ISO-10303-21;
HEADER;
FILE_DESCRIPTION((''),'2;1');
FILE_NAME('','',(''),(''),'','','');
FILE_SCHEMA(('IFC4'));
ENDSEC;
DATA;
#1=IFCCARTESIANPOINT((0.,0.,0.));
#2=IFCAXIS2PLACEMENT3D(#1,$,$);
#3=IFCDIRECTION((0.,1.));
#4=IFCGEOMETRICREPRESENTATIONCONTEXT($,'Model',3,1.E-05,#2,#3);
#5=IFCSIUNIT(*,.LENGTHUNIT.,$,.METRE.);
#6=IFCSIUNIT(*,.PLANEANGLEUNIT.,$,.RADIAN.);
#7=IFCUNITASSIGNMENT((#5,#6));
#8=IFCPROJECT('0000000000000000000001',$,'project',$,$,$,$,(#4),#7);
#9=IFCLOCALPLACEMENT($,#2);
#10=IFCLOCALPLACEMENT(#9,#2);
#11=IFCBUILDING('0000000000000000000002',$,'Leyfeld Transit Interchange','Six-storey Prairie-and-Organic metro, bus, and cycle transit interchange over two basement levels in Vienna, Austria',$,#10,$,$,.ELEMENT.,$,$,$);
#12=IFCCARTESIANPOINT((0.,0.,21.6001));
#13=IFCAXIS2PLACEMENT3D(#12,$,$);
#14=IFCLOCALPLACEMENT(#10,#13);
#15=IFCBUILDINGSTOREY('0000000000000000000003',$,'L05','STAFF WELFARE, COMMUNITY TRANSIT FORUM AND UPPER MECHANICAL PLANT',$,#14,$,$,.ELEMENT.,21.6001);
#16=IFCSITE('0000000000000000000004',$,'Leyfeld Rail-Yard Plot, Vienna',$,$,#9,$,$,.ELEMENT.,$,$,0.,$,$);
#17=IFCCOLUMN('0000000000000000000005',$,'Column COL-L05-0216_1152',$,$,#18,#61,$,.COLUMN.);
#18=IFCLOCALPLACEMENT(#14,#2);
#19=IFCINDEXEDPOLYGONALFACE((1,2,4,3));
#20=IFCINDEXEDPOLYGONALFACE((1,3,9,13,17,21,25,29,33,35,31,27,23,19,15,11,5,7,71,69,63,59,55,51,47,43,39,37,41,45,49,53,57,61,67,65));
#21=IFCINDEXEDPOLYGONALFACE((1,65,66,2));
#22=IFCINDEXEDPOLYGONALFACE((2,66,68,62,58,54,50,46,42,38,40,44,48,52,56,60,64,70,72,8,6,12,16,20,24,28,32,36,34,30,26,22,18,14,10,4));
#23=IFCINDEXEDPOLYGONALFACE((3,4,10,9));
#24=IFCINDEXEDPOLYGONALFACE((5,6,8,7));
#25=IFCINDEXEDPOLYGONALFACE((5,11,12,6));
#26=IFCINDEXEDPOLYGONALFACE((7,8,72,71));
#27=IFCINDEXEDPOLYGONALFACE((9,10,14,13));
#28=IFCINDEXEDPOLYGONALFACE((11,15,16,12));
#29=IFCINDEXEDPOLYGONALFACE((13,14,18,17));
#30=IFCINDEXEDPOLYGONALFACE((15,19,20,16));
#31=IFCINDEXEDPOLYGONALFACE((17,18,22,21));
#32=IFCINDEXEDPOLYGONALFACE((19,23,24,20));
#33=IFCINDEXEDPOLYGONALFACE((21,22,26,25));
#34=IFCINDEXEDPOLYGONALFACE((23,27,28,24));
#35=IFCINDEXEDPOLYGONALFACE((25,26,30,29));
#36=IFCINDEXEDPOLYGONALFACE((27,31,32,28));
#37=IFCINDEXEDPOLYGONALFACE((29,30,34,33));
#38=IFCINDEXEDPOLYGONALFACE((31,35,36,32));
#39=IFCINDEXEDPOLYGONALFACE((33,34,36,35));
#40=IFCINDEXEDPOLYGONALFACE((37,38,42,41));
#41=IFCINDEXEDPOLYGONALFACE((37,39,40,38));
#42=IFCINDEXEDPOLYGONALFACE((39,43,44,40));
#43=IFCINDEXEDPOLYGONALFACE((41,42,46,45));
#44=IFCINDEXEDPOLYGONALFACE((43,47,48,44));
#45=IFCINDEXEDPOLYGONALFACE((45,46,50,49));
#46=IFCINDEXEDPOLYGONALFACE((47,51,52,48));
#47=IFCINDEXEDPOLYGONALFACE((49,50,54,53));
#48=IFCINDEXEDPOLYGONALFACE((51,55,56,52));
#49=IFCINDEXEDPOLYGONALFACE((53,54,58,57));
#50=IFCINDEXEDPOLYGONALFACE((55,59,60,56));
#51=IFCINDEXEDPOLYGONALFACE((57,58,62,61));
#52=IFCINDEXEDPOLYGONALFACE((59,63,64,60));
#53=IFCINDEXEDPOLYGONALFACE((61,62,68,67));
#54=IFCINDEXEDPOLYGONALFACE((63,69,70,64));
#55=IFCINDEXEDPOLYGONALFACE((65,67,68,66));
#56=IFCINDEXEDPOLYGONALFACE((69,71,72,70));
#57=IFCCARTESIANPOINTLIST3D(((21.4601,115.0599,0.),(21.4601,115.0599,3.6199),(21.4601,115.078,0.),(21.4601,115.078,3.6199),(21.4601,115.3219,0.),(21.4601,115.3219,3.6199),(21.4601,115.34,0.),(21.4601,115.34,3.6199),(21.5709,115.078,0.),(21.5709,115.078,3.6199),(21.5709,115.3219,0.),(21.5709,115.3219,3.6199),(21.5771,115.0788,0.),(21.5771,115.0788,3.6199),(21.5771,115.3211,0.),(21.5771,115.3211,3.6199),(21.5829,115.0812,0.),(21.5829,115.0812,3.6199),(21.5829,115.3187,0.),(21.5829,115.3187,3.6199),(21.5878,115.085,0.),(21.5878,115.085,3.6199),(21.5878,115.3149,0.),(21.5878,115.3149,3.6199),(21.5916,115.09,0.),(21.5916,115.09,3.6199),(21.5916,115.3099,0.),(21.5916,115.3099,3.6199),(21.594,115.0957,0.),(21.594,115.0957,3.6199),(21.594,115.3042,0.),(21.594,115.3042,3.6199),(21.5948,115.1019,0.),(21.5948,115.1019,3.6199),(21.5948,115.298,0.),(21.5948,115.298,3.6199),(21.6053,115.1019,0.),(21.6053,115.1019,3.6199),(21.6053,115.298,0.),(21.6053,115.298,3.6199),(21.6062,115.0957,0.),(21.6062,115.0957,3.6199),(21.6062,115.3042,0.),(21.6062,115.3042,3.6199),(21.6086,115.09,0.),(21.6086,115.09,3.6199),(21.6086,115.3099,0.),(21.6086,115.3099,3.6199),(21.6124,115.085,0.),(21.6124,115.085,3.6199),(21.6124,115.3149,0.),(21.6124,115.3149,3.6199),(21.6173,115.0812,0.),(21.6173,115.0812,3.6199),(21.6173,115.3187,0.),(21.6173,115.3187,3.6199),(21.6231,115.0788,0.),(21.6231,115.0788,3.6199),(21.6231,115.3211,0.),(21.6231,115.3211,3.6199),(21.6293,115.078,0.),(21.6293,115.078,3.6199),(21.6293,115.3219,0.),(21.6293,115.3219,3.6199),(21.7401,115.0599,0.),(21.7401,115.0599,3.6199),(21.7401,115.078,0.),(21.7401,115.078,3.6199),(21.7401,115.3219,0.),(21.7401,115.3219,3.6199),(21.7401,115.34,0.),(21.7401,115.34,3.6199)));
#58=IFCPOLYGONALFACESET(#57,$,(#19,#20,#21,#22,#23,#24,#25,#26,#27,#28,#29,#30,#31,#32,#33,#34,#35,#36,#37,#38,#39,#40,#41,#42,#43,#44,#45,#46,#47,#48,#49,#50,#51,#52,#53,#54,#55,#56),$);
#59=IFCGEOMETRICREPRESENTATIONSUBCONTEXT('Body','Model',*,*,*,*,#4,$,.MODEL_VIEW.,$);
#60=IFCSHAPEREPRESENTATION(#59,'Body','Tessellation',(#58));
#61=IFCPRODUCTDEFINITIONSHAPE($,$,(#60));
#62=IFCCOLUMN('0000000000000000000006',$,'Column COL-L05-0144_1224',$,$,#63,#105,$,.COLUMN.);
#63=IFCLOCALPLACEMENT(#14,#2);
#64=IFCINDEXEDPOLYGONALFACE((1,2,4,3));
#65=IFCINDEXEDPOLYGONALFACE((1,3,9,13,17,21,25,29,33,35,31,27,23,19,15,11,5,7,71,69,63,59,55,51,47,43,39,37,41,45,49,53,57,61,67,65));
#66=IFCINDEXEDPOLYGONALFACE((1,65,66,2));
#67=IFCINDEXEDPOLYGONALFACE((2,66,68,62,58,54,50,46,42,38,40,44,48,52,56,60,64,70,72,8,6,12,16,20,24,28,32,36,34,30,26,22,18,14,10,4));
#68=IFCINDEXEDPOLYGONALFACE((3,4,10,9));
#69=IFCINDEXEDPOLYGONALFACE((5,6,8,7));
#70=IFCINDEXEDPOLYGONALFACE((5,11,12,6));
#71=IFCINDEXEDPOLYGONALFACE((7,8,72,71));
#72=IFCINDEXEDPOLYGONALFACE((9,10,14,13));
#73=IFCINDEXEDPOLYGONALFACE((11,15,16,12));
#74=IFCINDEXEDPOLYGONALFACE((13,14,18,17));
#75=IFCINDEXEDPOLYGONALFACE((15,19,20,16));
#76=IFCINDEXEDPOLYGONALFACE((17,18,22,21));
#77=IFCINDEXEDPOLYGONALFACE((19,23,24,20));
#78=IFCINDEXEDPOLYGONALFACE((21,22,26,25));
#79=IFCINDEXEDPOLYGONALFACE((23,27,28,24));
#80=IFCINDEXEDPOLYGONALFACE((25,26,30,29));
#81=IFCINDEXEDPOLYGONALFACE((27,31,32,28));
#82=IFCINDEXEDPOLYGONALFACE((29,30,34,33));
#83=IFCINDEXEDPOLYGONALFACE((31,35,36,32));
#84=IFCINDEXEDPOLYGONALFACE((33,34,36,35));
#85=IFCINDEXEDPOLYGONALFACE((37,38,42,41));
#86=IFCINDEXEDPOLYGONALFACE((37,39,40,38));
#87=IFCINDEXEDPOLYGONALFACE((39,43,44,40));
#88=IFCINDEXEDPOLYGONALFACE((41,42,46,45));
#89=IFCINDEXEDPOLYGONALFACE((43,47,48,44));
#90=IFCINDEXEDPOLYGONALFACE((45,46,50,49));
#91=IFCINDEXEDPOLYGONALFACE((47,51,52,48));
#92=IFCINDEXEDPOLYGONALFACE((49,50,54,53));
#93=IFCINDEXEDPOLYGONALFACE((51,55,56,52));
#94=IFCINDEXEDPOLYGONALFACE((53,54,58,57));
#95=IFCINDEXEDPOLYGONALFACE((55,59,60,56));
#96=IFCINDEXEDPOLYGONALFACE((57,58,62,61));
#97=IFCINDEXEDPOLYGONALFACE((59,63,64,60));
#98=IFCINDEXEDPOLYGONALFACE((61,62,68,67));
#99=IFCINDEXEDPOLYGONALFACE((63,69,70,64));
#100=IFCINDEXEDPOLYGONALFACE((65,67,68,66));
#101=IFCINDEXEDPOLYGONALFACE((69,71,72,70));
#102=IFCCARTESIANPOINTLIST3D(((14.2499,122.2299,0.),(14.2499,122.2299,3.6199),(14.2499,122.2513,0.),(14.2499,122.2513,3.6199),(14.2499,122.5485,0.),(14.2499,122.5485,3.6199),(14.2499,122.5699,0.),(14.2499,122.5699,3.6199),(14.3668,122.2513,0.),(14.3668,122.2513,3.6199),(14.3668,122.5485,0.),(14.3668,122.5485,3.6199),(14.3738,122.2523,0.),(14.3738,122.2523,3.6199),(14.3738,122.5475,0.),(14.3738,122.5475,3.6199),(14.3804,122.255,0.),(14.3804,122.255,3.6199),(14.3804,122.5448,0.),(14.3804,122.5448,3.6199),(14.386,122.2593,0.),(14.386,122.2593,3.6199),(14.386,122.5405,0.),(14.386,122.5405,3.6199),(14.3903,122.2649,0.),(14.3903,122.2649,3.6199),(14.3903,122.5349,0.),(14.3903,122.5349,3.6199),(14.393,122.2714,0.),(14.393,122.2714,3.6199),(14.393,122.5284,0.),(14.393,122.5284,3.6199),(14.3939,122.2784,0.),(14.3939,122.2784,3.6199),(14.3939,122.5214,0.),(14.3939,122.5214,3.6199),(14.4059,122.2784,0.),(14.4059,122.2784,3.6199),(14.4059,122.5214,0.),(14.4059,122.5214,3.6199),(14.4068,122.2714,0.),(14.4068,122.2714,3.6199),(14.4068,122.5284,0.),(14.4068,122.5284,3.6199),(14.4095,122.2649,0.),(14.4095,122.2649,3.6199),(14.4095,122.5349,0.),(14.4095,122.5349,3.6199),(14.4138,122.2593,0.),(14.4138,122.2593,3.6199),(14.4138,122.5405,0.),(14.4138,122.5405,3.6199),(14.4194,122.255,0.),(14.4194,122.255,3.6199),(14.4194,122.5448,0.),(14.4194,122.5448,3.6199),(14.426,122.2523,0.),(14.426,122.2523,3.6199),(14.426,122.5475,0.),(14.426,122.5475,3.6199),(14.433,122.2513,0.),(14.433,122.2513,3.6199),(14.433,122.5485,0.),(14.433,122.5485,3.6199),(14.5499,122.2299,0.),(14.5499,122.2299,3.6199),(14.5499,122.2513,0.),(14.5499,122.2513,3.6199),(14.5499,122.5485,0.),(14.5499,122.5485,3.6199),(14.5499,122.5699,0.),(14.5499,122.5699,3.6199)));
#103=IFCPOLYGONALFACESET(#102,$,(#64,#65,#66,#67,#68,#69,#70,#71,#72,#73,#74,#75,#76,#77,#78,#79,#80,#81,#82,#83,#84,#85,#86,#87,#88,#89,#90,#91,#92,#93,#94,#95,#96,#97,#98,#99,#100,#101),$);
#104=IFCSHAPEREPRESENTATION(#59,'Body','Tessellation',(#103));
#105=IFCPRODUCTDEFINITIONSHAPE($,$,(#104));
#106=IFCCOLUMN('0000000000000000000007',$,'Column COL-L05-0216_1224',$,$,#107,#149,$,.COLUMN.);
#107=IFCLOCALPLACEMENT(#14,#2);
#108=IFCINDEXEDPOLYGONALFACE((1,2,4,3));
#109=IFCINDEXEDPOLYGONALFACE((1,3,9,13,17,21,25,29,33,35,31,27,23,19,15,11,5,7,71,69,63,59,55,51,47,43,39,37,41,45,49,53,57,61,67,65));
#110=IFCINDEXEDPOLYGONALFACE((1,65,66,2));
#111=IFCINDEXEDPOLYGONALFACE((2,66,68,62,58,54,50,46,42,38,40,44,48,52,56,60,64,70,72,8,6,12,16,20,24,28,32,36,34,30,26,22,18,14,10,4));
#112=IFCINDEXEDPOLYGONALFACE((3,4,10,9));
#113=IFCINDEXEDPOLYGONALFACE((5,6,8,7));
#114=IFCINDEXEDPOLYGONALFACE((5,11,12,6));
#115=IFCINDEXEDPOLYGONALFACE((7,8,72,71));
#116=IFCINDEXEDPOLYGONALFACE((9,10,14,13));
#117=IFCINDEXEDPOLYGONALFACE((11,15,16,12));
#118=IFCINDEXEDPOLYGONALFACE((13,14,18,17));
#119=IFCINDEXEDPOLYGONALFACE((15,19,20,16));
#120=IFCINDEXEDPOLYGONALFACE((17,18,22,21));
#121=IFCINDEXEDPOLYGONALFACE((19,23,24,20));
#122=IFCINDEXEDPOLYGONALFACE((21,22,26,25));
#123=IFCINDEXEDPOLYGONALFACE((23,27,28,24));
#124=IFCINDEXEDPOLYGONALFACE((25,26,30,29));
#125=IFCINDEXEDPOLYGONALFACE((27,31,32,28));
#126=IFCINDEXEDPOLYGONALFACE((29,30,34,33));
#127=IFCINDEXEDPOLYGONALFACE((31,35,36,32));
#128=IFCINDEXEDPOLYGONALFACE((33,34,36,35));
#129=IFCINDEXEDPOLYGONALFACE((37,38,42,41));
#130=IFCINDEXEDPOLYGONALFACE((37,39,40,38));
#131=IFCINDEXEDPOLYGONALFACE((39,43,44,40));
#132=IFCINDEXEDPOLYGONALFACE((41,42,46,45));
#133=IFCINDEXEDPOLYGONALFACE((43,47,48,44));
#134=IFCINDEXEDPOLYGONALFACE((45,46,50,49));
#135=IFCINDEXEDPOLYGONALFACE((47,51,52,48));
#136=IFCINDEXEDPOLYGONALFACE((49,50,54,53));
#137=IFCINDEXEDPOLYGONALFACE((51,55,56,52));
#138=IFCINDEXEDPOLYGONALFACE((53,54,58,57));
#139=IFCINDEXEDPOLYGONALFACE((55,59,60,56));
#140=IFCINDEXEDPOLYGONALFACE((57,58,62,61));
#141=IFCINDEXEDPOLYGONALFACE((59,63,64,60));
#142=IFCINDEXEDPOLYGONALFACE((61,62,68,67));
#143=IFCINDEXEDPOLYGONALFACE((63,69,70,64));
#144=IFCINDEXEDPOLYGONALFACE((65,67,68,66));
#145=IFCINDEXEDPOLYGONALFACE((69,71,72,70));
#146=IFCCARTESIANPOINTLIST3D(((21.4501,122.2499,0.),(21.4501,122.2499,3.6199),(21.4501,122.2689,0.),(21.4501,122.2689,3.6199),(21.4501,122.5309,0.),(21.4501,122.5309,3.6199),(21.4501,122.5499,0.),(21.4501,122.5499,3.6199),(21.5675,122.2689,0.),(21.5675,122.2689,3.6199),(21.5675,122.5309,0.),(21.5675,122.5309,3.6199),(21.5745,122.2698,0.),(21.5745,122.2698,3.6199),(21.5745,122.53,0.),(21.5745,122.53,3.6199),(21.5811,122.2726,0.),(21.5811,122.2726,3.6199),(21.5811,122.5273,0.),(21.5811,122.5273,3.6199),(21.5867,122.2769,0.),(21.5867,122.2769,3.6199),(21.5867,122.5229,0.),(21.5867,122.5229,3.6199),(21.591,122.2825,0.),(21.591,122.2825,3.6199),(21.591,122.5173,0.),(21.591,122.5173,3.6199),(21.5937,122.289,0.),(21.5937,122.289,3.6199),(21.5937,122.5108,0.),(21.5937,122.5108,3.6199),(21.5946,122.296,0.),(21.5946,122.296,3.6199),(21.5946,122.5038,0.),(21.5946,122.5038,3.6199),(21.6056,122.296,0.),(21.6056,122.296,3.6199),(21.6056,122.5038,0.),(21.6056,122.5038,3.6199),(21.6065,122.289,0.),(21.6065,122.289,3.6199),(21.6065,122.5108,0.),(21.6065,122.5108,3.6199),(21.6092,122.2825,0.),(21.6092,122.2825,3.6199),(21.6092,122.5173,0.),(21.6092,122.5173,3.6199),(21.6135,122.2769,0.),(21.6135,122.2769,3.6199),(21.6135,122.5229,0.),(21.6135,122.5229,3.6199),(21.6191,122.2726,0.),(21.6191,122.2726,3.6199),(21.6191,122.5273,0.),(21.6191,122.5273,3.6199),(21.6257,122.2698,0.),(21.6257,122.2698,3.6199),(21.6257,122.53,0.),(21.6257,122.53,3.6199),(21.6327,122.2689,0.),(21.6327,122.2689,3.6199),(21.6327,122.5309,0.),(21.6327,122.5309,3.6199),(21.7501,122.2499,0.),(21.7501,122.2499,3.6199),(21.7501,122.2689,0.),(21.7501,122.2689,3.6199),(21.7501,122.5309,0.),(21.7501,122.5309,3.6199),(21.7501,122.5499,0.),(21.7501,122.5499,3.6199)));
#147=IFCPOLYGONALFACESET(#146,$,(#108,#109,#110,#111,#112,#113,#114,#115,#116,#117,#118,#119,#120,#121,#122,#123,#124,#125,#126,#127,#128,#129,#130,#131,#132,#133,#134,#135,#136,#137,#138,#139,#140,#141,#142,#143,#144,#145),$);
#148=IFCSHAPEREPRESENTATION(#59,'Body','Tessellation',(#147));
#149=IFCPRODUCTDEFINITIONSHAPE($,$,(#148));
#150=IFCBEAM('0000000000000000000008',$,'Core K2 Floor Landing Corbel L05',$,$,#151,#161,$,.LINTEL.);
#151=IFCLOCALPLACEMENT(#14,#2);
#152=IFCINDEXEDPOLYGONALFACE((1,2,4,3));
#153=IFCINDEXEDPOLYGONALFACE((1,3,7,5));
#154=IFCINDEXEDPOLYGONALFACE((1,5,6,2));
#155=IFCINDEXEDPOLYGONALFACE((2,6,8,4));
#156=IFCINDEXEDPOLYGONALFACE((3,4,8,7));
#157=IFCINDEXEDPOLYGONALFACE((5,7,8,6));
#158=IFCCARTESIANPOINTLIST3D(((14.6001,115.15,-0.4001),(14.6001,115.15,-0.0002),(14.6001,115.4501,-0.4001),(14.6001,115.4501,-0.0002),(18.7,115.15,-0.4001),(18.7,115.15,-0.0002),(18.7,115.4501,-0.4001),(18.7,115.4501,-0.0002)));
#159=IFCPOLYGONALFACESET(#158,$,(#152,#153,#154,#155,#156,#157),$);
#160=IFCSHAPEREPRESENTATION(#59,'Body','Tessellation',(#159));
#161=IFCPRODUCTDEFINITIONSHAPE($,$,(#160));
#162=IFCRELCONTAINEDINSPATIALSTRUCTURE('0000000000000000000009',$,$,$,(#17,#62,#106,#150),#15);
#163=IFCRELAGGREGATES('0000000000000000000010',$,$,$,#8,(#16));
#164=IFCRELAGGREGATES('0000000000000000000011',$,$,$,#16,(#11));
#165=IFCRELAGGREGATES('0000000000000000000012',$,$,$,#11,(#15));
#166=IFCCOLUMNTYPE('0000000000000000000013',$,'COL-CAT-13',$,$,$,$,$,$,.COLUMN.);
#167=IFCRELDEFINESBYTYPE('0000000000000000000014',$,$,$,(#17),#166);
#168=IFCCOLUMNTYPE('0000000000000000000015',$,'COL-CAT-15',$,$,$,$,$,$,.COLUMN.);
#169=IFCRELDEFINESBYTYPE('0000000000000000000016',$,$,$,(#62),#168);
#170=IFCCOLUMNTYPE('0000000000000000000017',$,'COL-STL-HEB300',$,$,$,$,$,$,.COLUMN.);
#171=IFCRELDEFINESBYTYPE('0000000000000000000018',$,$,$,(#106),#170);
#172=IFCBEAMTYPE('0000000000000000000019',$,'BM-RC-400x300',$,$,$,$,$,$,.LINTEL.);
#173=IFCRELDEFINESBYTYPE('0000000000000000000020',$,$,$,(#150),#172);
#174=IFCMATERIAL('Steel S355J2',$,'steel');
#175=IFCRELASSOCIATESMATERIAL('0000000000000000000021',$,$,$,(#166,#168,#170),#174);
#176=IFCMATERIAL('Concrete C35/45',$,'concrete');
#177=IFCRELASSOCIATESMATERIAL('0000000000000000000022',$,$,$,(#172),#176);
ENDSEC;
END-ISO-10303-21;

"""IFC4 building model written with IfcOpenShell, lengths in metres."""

from ifc_helpers import new_model, si_unit, direction, frame, origin, origin_2d, place, context, subcontext, project, spatial, rectangle, i_section, extrude, material, material_profile, profile_set, type_object, element, save


model = new_model("IFC4")

# Units and contexts
model_context = context("Model", 3, precision=1e-05, world=origin(), true_north=direction((0.0, 1.0)))
body_context = subcontext(model_context, "Body", "Model", "MODEL_VIEW")
ifc_project = project(units=[si_unit("LENGTHUNIT", "METRE"), si_unit("PLANEANGLEUNIT", "RADIAN")], contexts=[model_context])

# Site, building, storey
site_placement = place(None, origin())
site = spatial("IfcSite", under=ifc_project, at=site_placement, Name="Leyfeld Rail-Yard Plot, Vienna", CompositionType="ELEMENT", RefElevation=0.0)
building_placement = place(site_placement, origin())
building = spatial("IfcBuilding", under=site, at=building_placement, Name="Leyfeld Transit Interchange", Description="Six-storey Prairie-and-Organic metro, bus, and cycle transit interchange over two basement levels in Vienna, Austria", CompositionType="ELEMENT")
storey_placement = place(building_placement, frame((0.0, 0.0, 21.6001)))
storey = spatial("IfcBuildingStorey", under=building, at=storey_placement, Name="L05", Description="STAFF WELFARE, COMMUNITY TRANSIT FORUM AND UPPER MECHANICAL PLANT", CompositionType="ELEMENT", Elevation=21.6001)

# Columns
ifc_material_1 = material(Name="Steel S355J2", Category="steel")
ifc_material_profile_1 = material_profile(ifc_material_1, i_section(OverallWidth=0.28, OverallDepth=0.28, WebThickness=0.0105, FlangeThickness=0.0181, FilletRadius=0.0239, at=origin_2d()), Name="HEB 280")
ifc_profile_set_1 = profile_set([ifc_material_profile_1], Name="Steel S355J2")
column_type_1 = type_object("IfcColumnType", Name="COL-CAT-13", PredefinedType="COLUMN", material=ifc_profile_set_1)
column_1_placement = place(storey_placement, frame((21.6001, 115.2, 0.0), z_axis=(0.0, 0.0, 1.0), x_axis=(1.0, 0.0, 0.0)))
element("IfcColumn", 1, at=column_1_placement, inside=storey, type_object=column_type_1, Name="Column COL-L05-0216_1152", PredefinedType="COLUMN", context=body_context, shape_type="SweptSolid", body=[
    extrude(i_section(OverallWidth=0.28, OverallDepth=0.28, WebThickness=0.0105, FlangeThickness=0.0181, FilletRadius=0.0239, at=origin_2d()), origin(), (0.0, 0.0, 1.0), 3.6199),
])
ifc_material_profile_2 = material_profile(ifc_material_1, i_section(OverallWidth=0.3, OverallDepth=0.3401, WebThickness=0.012, FlangeThickness=0.0215, FilletRadius=0.0271, at=origin_2d()), Name="HEB 340")
ifc_profile_set_2 = profile_set([ifc_material_profile_2], Name="Steel S355J2")
column_type_2 = type_object("IfcColumnType", Name="COL-CAT-15", PredefinedType="COLUMN", material=ifc_profile_set_2)
column_2_placement = place(storey_placement, frame((14.3999, 122.3999, 0.0), z_axis=(0.0, 0.0, 1.0), x_axis=(1.0, 0.0, 0.0)))
element("IfcColumn", 2, at=column_2_placement, inside=storey, type_object=column_type_2, Name="Column COL-L05-0144_1224", PredefinedType="COLUMN", context=body_context, shape_type="SweptSolid", body=[
    extrude(i_section(OverallWidth=0.3, OverallDepth=0.3401, WebThickness=0.012, FlangeThickness=0.0215, FilletRadius=0.0271, at=origin_2d()), origin(), (0.0, 0.0, 1.0), 3.6199),
])
ifc_material_profile_3 = material_profile(ifc_material_1, i_section(OverallWidth=0.3, OverallDepth=0.3, WebThickness=0.011, FlangeThickness=0.019, FilletRadius=0.0271, at=origin_2d()), Name="HEB 300")
ifc_profile_set_3 = profile_set([ifc_material_profile_3], Name="Steel S355J2")
column_type_3 = type_object("IfcColumnType", Name="COL-STL-HEB300", PredefinedType="COLUMN", material=ifc_profile_set_3)
column_3_placement = place(storey_placement, frame((21.6001, 122.3999, 0.0), z_axis=(0.0, 0.0, 1.0), x_axis=(1.0, 0.0, 0.0)))
element("IfcColumn", 3, at=column_3_placement, inside=storey, type_object=column_type_3, Name="Column COL-L05-0216_1224", PredefinedType="COLUMN", context=body_context, shape_type="SweptSolid", body=[
    extrude(i_section(OverallWidth=0.3, OverallDepth=0.3, WebThickness=0.011, FlangeThickness=0.019, FilletRadius=0.0271, at=origin_2d()), origin(), (0.0, 0.0, 1.0), 3.6199),
])

# Beam
ifc_material_2 = material(Name="Concrete C35/45", Category="concrete")
ifc_material_profile_4 = material_profile(ifc_material_2, rectangle(XDim=0.3, YDim=0.3999, at=origin_2d()), Name="RC 400x300")
ifc_profile_set_4 = profile_set([ifc_material_profile_4], Name="Concrete C35/45")
beam_type_1 = type_object("IfcBeamType", Name="BM-RC-400x300", PredefinedType="LINTEL", material=ifc_profile_set_4)
beam_1_placement = place(storey_placement, frame((14.6001, 115.3, -0.2002), z_axis=(1.0, 0.0, 0.0), x_axis=(0.0, 1.0, 0.0)))
element("IfcBeam", 4, at=beam_1_placement, inside=storey, type_object=beam_type_1, Name="Core K2 Floor Landing Corbel L05", PredefinedType="LINTEL", context=body_context, shape_type="SweptSolid", body=[
    extrude(rectangle(XDim=0.3, YDim=0.3999, at=origin_2d()), origin(), (0.0, 0.0, 1.0), 4.0999),
])

save(model, "model.ifc")
